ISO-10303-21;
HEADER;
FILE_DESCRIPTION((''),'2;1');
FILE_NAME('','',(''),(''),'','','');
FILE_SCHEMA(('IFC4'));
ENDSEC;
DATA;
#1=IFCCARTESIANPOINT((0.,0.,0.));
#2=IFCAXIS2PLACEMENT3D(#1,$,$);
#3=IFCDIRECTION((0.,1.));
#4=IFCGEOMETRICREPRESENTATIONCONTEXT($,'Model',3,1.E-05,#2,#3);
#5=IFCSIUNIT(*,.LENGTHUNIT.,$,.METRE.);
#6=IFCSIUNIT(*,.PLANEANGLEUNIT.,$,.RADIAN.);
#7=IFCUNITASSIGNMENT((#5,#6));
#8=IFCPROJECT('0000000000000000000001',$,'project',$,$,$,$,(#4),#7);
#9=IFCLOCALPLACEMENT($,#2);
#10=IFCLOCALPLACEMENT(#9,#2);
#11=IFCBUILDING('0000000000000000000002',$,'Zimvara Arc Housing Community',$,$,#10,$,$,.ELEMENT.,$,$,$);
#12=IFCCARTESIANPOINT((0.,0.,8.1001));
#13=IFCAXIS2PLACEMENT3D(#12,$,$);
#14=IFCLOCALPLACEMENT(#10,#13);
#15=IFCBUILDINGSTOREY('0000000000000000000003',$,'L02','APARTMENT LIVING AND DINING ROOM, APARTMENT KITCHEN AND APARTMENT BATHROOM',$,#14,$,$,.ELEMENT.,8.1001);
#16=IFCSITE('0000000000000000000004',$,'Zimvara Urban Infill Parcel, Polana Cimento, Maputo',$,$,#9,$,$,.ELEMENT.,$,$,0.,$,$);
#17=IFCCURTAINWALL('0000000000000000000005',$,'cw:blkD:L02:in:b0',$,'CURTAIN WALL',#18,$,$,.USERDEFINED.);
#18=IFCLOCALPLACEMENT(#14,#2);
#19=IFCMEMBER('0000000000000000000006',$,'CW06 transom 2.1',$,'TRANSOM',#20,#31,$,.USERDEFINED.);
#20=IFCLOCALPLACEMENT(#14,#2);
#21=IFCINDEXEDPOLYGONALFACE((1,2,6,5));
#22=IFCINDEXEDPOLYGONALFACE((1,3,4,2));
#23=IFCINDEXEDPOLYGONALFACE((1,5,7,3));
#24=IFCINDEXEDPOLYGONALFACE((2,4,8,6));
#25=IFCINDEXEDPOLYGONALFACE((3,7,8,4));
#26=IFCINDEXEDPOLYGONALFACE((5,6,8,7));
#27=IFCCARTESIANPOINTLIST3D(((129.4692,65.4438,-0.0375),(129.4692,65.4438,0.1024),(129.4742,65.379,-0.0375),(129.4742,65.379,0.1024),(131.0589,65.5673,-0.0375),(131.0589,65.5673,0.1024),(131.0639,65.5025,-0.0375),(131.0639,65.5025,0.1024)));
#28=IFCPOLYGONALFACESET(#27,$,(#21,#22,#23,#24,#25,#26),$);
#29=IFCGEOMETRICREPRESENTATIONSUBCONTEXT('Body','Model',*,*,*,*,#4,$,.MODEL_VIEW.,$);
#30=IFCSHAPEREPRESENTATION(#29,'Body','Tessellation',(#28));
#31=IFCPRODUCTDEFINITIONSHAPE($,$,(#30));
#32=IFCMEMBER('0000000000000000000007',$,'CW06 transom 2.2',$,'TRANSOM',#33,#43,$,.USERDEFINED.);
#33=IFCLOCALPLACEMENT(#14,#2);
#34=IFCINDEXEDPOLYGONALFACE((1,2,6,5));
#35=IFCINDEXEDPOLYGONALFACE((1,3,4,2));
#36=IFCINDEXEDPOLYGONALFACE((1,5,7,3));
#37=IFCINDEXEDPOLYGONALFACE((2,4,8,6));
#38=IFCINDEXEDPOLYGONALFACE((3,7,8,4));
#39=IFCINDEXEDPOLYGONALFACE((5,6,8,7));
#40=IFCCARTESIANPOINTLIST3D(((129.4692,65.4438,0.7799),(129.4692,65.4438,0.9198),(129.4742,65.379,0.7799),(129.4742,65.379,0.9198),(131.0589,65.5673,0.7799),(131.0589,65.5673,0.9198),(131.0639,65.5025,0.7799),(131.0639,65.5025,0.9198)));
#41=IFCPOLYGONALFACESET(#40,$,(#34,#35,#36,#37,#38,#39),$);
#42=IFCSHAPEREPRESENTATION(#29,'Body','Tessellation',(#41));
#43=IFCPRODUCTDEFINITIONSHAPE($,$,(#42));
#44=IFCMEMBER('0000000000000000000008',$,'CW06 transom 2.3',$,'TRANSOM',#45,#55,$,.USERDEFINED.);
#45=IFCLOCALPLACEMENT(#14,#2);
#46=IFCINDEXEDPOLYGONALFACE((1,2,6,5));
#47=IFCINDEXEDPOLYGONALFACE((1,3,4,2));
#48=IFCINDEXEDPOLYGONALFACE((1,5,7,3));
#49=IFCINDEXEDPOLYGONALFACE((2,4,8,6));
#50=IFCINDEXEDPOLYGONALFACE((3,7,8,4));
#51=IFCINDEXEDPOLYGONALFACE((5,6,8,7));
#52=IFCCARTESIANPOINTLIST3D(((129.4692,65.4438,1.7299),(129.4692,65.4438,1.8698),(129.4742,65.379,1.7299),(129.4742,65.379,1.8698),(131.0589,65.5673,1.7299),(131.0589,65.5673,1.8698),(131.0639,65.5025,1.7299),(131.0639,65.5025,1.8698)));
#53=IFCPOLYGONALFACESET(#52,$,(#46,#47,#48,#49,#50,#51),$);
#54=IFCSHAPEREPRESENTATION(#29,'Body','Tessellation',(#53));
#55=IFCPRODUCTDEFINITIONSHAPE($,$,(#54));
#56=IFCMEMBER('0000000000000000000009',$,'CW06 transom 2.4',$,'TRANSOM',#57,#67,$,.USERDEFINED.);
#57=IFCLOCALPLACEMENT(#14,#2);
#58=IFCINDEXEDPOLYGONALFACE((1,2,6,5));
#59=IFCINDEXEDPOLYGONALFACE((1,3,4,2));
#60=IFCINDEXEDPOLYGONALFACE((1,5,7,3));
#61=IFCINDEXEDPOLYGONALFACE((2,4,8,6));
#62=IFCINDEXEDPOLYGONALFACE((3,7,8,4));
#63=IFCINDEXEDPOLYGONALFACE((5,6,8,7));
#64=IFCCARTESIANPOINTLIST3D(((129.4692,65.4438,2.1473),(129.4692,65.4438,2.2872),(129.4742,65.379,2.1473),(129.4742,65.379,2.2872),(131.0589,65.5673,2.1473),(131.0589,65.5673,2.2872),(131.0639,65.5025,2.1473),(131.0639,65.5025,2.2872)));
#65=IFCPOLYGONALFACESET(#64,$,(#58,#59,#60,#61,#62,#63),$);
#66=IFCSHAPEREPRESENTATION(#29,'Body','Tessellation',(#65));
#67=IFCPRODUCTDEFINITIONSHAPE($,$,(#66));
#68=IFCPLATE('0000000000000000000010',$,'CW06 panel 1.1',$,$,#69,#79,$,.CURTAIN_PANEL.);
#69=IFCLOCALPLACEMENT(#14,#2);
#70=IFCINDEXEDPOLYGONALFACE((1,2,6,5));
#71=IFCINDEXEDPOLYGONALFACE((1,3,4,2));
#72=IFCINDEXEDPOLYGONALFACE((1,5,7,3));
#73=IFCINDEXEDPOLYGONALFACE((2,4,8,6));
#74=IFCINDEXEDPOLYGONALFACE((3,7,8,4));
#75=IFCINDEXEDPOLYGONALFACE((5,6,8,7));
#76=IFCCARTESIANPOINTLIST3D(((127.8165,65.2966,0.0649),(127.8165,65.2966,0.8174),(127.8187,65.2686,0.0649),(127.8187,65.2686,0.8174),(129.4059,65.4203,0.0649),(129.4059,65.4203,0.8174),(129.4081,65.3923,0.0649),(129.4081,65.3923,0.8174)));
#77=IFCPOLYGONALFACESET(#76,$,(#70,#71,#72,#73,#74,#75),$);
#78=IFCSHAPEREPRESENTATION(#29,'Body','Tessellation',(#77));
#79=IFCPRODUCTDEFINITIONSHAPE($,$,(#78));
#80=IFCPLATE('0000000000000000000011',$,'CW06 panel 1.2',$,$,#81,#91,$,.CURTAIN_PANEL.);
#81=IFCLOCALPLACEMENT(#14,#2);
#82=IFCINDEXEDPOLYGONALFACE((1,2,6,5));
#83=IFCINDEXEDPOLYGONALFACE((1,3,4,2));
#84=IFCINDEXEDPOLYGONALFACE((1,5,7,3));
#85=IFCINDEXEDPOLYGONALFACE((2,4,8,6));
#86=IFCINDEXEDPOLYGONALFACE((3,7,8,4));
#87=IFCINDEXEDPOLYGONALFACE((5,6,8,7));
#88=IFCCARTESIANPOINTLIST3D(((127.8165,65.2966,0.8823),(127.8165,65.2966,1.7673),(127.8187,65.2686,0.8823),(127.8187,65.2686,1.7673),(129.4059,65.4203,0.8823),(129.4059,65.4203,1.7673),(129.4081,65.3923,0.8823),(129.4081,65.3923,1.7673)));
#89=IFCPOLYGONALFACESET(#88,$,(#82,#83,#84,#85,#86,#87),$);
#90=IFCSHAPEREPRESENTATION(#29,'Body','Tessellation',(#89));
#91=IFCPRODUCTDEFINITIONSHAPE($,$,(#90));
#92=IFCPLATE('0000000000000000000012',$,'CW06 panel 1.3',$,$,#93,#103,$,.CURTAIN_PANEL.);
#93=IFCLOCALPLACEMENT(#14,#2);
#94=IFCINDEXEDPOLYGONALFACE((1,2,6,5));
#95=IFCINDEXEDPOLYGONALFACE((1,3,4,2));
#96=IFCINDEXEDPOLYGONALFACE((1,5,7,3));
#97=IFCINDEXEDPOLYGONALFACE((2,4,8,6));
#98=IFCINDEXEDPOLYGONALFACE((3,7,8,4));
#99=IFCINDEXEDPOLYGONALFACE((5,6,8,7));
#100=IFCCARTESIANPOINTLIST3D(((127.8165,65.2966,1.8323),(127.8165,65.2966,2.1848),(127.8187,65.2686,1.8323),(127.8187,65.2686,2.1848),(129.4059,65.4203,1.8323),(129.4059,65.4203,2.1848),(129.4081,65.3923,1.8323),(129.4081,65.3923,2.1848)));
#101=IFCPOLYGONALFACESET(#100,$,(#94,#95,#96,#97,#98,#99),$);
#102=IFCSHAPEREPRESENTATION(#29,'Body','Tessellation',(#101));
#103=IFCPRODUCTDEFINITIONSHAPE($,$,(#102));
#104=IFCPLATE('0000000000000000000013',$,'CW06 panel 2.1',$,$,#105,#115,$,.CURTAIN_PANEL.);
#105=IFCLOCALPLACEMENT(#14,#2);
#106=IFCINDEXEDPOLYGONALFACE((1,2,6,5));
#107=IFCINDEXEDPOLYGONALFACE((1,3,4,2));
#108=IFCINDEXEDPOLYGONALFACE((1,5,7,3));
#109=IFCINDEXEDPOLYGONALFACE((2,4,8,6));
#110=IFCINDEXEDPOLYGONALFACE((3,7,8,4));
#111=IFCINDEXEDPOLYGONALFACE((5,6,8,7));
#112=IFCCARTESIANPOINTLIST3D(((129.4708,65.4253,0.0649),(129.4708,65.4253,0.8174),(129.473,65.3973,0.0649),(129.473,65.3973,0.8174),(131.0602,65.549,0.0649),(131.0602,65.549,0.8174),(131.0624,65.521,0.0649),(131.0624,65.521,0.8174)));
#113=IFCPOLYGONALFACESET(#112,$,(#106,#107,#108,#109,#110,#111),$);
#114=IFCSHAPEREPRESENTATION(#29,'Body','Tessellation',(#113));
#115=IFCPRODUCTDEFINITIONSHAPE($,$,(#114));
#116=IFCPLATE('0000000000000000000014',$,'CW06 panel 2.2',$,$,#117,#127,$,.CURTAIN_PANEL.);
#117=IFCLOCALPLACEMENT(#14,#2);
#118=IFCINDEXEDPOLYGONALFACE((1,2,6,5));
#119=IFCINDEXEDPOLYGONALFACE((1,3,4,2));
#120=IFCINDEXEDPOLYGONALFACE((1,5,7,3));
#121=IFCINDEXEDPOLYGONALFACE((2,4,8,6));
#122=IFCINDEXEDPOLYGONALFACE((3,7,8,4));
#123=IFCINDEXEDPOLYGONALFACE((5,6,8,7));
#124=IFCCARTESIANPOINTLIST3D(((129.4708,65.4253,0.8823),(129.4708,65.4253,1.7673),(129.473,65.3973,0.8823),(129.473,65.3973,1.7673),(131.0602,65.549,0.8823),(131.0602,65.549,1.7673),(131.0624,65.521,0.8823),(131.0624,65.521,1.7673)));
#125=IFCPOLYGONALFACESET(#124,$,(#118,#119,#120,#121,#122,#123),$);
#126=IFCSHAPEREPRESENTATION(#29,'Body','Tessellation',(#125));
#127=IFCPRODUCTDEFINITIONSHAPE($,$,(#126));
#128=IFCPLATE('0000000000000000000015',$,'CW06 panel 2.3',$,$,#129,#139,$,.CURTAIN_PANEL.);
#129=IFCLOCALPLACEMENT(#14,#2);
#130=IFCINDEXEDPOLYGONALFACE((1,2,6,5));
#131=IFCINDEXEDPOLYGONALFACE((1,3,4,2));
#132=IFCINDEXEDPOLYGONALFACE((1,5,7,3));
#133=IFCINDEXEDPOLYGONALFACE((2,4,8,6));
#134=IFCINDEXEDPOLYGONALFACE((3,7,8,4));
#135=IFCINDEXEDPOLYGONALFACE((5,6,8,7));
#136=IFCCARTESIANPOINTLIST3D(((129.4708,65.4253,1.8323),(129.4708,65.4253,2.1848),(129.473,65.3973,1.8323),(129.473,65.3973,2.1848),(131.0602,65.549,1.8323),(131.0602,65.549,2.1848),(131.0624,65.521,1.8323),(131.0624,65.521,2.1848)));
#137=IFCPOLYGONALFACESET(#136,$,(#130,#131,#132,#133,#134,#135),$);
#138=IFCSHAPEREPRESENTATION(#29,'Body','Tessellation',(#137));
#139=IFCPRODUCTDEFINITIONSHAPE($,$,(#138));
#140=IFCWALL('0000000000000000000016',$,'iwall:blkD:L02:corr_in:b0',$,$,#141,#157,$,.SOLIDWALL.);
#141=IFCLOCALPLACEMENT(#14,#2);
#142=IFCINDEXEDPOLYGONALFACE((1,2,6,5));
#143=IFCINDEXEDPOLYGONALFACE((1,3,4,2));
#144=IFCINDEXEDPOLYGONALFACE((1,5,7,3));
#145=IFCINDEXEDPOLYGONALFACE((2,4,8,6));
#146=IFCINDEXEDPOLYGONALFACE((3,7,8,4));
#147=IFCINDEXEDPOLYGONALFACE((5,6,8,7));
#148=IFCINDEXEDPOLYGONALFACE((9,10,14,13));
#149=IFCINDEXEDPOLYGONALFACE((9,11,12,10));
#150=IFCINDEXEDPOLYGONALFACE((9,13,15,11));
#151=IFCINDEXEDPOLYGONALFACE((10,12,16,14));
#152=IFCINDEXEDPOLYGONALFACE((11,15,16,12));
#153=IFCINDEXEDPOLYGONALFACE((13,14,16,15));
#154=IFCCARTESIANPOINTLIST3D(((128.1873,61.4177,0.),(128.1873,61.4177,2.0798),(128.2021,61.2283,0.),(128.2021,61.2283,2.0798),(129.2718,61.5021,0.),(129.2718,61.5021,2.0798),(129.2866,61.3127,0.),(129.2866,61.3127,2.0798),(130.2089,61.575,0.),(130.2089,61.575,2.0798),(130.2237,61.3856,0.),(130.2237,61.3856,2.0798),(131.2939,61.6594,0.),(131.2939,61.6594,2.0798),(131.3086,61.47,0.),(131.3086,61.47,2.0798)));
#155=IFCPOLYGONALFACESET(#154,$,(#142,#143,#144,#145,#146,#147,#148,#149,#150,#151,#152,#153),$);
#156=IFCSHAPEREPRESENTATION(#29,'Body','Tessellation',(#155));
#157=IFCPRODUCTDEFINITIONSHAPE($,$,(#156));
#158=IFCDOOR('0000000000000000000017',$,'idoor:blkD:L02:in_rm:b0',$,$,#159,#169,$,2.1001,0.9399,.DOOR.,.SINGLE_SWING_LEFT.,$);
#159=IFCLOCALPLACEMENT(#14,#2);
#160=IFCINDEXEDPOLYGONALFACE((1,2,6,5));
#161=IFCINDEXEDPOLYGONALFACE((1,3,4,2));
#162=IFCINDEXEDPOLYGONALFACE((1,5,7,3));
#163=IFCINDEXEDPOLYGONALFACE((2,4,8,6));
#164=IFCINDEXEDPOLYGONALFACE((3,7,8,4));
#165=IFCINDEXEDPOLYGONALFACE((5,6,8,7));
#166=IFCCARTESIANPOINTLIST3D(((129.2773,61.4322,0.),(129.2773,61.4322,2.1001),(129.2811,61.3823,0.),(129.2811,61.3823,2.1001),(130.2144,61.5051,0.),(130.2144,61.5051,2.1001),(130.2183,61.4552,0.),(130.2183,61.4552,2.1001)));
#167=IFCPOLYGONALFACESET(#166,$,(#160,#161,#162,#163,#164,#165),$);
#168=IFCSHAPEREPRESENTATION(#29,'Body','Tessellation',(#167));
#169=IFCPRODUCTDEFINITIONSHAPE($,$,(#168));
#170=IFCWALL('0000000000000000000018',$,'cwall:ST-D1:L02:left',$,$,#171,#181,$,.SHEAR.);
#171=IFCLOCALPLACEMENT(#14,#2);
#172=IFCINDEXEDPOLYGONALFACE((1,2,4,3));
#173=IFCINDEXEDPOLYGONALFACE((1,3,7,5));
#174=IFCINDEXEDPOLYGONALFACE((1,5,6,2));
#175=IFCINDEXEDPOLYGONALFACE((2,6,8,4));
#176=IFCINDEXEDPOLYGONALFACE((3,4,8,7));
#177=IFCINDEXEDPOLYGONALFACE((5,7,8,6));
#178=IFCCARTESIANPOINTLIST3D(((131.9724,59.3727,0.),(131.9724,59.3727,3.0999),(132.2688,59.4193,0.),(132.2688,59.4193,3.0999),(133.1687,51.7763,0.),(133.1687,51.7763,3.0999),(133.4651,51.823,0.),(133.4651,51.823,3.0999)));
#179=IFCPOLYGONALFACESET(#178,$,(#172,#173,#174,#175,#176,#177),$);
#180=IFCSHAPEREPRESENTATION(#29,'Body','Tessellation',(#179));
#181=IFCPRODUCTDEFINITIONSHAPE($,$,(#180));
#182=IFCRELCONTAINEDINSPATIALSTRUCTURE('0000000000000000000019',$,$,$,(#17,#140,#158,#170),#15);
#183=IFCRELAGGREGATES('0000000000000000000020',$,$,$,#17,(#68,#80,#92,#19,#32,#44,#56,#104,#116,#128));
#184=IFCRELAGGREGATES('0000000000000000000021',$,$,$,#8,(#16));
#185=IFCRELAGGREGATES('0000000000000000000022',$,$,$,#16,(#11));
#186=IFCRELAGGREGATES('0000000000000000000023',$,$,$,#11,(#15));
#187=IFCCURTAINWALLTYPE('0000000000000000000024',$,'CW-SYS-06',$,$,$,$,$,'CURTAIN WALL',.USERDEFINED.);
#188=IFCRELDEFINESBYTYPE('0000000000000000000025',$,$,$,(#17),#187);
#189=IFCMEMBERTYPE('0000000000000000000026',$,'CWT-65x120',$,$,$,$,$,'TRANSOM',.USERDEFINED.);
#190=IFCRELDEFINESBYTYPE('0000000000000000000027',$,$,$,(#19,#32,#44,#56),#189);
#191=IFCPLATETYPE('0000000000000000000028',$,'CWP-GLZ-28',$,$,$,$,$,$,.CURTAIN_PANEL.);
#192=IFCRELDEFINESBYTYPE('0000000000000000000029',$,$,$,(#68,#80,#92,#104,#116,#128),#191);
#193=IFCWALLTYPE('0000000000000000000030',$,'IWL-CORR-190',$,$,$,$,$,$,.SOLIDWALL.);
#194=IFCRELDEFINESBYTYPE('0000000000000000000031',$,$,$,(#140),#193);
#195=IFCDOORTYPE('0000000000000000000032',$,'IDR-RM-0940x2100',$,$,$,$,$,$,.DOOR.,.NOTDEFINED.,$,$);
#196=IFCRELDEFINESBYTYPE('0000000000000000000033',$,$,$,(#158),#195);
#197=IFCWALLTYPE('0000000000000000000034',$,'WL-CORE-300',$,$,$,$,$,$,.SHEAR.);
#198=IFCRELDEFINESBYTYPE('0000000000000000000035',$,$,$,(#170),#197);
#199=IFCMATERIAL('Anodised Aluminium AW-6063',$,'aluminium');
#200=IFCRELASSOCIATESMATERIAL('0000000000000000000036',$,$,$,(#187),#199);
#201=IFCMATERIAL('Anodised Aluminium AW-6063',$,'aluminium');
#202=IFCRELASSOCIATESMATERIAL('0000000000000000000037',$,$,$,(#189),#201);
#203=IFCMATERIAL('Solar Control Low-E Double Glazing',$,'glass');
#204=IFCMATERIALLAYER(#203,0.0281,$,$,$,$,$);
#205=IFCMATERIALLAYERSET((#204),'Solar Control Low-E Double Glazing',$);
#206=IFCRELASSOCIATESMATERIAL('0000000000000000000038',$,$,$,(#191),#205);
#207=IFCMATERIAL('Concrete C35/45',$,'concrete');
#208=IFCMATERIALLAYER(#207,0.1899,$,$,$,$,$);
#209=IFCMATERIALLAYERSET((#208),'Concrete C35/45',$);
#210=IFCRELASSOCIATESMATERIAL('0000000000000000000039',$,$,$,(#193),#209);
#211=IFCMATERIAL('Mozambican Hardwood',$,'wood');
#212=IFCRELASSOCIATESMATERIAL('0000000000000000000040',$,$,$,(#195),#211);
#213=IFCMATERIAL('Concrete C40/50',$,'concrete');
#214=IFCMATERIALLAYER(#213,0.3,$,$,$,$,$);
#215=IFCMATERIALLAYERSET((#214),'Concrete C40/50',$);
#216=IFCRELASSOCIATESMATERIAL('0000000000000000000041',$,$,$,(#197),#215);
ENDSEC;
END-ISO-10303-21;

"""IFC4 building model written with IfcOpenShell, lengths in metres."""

from ifc_helpers import new_model, si_unit, direction, frame, frame_2d, origin, origin_2d, place, context, subcontext, project, spatial, rectangle, extrude, material, layer, layer_set, material_profile, profile_set, type_object, element, fill, aggregate, save


model = new_model("IFC4")

# Units and contexts
model_context = context("Model", 3, precision=1e-05, world=origin(), true_north=direction((0.0, 1.0)))
body_context = subcontext(model_context, "Body", "Model", "MODEL_VIEW")
ifc_project = project(units=[si_unit("LENGTHUNIT", "METRE"), si_unit("PLANEANGLEUNIT", "RADIAN")], contexts=[model_context])

# Site, building, storey
site_placement = place(None, origin())
site = spatial("IfcSite", under=ifc_project, at=site_placement, Name="Zimvara Urban Infill Parcel, Polana Cimento, Maputo", CompositionType="ELEMENT", RefElevation=0.0)
building_placement = place(site_placement, origin())
building = spatial("IfcBuilding", under=site, at=building_placement, Name="Zimvara Arc Housing Community", CompositionType="ELEMENT")
storey_placement = place(building_placement, frame((0.0, 0.0, 8.1001)))
storey = spatial("IfcBuildingStorey", under=building, at=storey_placement, Name="L02", Description="APARTMENT LIVING AND DINING ROOM, APARTMENT KITCHEN AND APARTMENT BATHROOM", CompositionType="ELEMENT", Elevation=8.1001)

# Curtain wall, members, plates
ifc_material_1 = material(Name="Anodised Aluminium AW-6063", Category="aluminium")
curtain_wall_type = type_object("IfcCurtainWallType", Name="CW-SYS-06", ElementType="CURTAIN WALL", PredefinedType="USERDEFINED", material=ifc_material_1)
curtain_wall_placement = place(storey_placement, origin())
curtain_wall = element("IfcCurtainWall", 1, at=curtain_wall_placement, inside=storey, type_object=curtain_wall_type, Name="cw:blkD:L02:in:b0", ObjectType="CURTAIN WALL", PredefinedType="USERDEFINED")
ifc_material_2 = material(Name="Anodised Aluminium AW-6063", Category="aluminium")
ifc_material_profile_1 = material_profile(ifc_material_2, rectangle(XDim=0.0649, YDim=0.1399, at=origin_2d()), Name="ALU 65x140")
ifc_profile_set_1 = profile_set([ifc_material_profile_1], Name="Anodised Aluminium AW-6063")
member_type_1 = type_object("IfcMemberType", Name="CWT-65x120", ElementType="TRANSOM", PredefinedType="USERDEFINED", material=ifc_profile_set_1)
member_1_placement = place(storey_placement, frame((129.4717, 65.4114, 0.0325), z_axis=(0.996994, 0.077481, 0.0), x_axis=(-0.077481, 0.996994, 0.0)))
member_1 = element("IfcMember", 2, at=member_1_placement, type_object=member_type_1, Name="CW06 transom 2.1", ObjectType="TRANSOM", PredefinedType="USERDEFINED", context=body_context, shape_type="SweptSolid", body=[
    extrude(rectangle(XDim=0.0649, YDim=0.1399, at=origin_2d()), origin(), (0.0, 0.0, 1.0), 1.5945),
])
member_2_placement = place(storey_placement, frame((129.4717, 65.4114, 0.8499), z_axis=(0.996994, 0.077481, 0.0), x_axis=(-0.077481, 0.996994, 0.0)))
member_2 = element("IfcMember", 3, at=member_2_placement, type_object=member_type_1, Name="CW06 transom 2.2", ObjectType="TRANSOM", PredefinedType="USERDEFINED", context=body_context, shape_type="SweptSolid", body=[
    extrude(rectangle(XDim=0.0649, YDim=0.1399, at=origin_2d()), origin(), (0.0, 0.0, 1.0), 1.5945),
])
member_3_placement = place(storey_placement, frame((129.4717, 65.4114, 1.7998), z_axis=(0.996994, 0.077481, 0.0), x_axis=(-0.077481, 0.996994, 0.0)))
member_3 = element("IfcMember", 4, at=member_3_placement, type_object=member_type_1, Name="CW06 transom 2.3", ObjectType="TRANSOM", PredefinedType="USERDEFINED", context=body_context, shape_type="SweptSolid", body=[
    extrude(rectangle(XDim=0.0649, YDim=0.1399, at=origin_2d()), origin(), (0.0, 0.0, 1.0), 1.5945),
])
member_4_placement = place(storey_placement, frame((129.4717, 65.4114, 2.2173), z_axis=(0.996994, 0.077481, 0.0), x_axis=(-0.077481, 0.996994, 0.0)))
member_4 = element("IfcMember", 5, at=member_4_placement, type_object=member_type_1, Name="CW06 transom 2.4", ObjectType="TRANSOM", PredefinedType="USERDEFINED", context=body_context, shape_type="SweptSolid", body=[
    extrude(rectangle(XDim=0.0649, YDim=0.1399, at=origin_2d()), origin(), (0.0, 0.0, 1.0), 1.5945),
])
ifc_material_3 = material(Name="Solar Control Low-E Double Glazing", Category="glass")
ifc_layer_1 = layer(ifc_material_3, 0.0281)
ifc_layer_set_1 = layer_set([ifc_layer_1], Name="Solar Control Low-E Double Glazing")
plate_type = type_object("IfcPlateType", Name="CWP-GLZ-28", PredefinedType="CURTAIN_PANEL", material=ifc_layer_set_1)
plate_1_placement = place(storey_placement, frame((128.6123, 65.3445, 0.0649), z_axis=(0.0, 0.0, 1.0), x_axis=(0.996985, 0.07759, 0.0)))
plate_1 = element("IfcPlate", 6, at=plate_1_placement, type_object=plate_type, Name="CW06 panel 1.1", PredefinedType="CURTAIN_PANEL", context=body_context, shape_type="SweptSolid", body=[
    extrude(rectangle(XDim=1.5942, YDim=0.0281, at=origin_2d()), origin(), (0.0, 0.0, 1.0), 0.7524),
])
plate_2_placement = place(storey_placement, frame((128.6123, 65.3445, 0.8823), z_axis=(0.0, 0.0, 1.0), x_axis=(0.996985, 0.07759, 0.0)))
plate_2 = element("IfcPlate", 7, at=plate_2_placement, type_object=plate_type, Name="CW06 panel 1.2", PredefinedType="CURTAIN_PANEL", context=body_context, shape_type="SweptSolid", body=[
    extrude(rectangle(XDim=1.5942, YDim=0.0281, at=origin_2d()), origin(), (0.0, 0.0, 1.0), 0.885),
])
plate_3_placement = place(storey_placement, frame((128.6123, 65.3445, 1.8323), z_axis=(0.0, 0.0, 1.0), x_axis=(0.996985, 0.07759, 0.0)))
plate_3 = element("IfcPlate", 8, at=plate_3_placement, type_object=plate_type, Name="CW06 panel 1.3", PredefinedType="CURTAIN_PANEL", context=body_context, shape_type="SweptSolid", body=[
    extrude(rectangle(XDim=1.5942, YDim=0.0281, at=origin_2d()), origin(), (0.0, 0.0, 1.0), 0.3525),
])
plate_4_placement = place(storey_placement, frame((130.2666, 65.4731, 0.0649), z_axis=(0.0, 0.0, 1.0), x_axis=(0.996985, 0.07759, 0.0)))
plate_4 = element("IfcPlate", 9, at=plate_4_placement, type_object=plate_type, Name="CW06 panel 2.1", PredefinedType="CURTAIN_PANEL", context=body_context, shape_type="SweptSolid", body=[
    extrude(rectangle(XDim=1.5942, YDim=0.0281, at=origin_2d()), origin(), (0.0, 0.0, 1.0), 0.7524),
])
plate_5_placement = place(storey_placement, frame((130.2666, 65.4731, 0.8823), z_axis=(0.0, 0.0, 1.0), x_axis=(0.996985, 0.07759, 0.0)))
plate_5 = element("IfcPlate", 10, at=plate_5_placement, type_object=plate_type, Name="CW06 panel 2.2", PredefinedType="CURTAIN_PANEL", context=body_context, shape_type="SweptSolid", body=[
    extrude(rectangle(XDim=1.5942, YDim=0.0281, at=origin_2d()), origin(), (0.0, 0.0, 1.0), 0.885),
])
plate_6_placement = place(storey_placement, frame((130.2666, 65.4731, 1.8323), z_axis=(0.0, 0.0, 1.0), x_axis=(0.996985, 0.07759, 0.0)))
plate_6 = element("IfcPlate", 11, at=plate_6_placement, type_object=plate_type, Name="CW06 panel 2.3", PredefinedType="CURTAIN_PANEL", context=body_context, shape_type="SweptSolid", body=[
    extrude(rectangle(XDim=1.5942, YDim=0.0281, at=origin_2d()), origin(), (0.0, 0.0, 1.0), 0.3525),
])
aggregate(curtain_wall, [plate_1, plate_2, plate_3, member_1, member_2, member_3, member_4, plate_4, plate_5, plate_6])

# Wall, opening, door
ifc_material_4 = material(Name="Concrete C35/45", Category="concrete")
ifc_layer_2 = layer(ifc_material_4, 0.1899)
ifc_layer_set_2 = layer_set([ifc_layer_2], Name="Concrete C35/45")
wall_type_1 = type_object("IfcWallType", Name="IWL-CORR-190", PredefinedType="SOLIDWALL", material=ifc_layer_set_2)
wall_1_placement = place(storey_placement, frame((128.1946, 61.323, 0.0), z_axis=(0.0, 0.0, 1.0), x_axis=(0.996987, 0.077565, 0.0)))
wall_1 = element("IfcWall", 12, at=wall_1_placement, inside=storey, type_object=wall_type_1, Name="iwall:blkD:L02:corr_in:b0", PredefinedType="SOLIDWALL", context=body_context, shape_type="SweptSolid", body=[
    extrude(rectangle(XDim=3.116, YDim=0.1899, at=frame_2d((1.5581, 0.0))), origin(), (0.0, 0.0, 1.0), 2.0798),
])
opening_1_placement = place(wall_1_placement, frame((1.0879, 0.0, 0.0)))
opening_1 = element("IfcOpeningElement", 13, at=opening_1_placement, cuts=wall_1, PredefinedType="OPENING", context=body_context, shape_type="SweptSolid", body=[
    extrude(rectangle(XDim=0.9399, YDim=2.1001, at=frame_2d((0.47, 1.05))), frame((0.0, 0.105, 0.0), z_axis=(0.0, -1.0, 0.0), x_axis=(1.0, 0.0, 0.0)), (0.0, 0.0, 1.0), 0.21),
])
ifc_material_5 = material(Name="Mozambican Hardwood", Category="wood")
door_type_1 = type_object("IfcDoorType", Name="IDR-RM-0940x2100", OperationType="NOTDEFINED", PredefinedType="DOOR", material=ifc_material_5)
door_1_placement = place(opening_1_placement, origin())
door_1 = element("IfcDoor", 14, at=door_1_placement, inside=storey, type_object=door_type_1, Name="idoor:blkD:L02:in_rm:b0", OperationType="SINGLE_SWING_LEFT", OverallHeight=2.1001, OverallWidth=0.9399, PredefinedType="DOOR", context=body_context, shape_type="SweptSolid", body=[
    extrude(rectangle(XDim=0.9399, YDim=2.1001, at=frame_2d((0.47, 1.05))), frame((0.0, 0.0249, 0.0), z_axis=(0.0, -1.0, 0.0), x_axis=(1.0, 0.0, 0.0)), (0.0, 0.0, 1.0), 0.05),
])
fill(opening_1, door_1)
ifc_material_6 = material(Name="Concrete C40/50", Category="concrete")
ifc_layer_3 = layer(ifc_material_6, 0.3)
ifc_layer_set_3 = layer_set([ifc_layer_3], Name="Concrete C40/50")
wall_type_2 = type_object("IfcWallType", Name="WL-CORE-300", PredefinedType="SHEAR", material=ifc_layer_set_3)

# Wall
wall_2_placement = place(storey_placement, frame((132.1206, 59.396, 0.0), z_axis=(0.0, 0.0, 1.0), x_axis=(0.155563, -0.987826, 0.0)))
element("IfcWall", 15, at=wall_2_placement, inside=storey, type_object=wall_type_2, Name="cwall:ST-D1:L02:left", PredefinedType="SHEAR", context=body_context, shape_type="SweptSolid", body=[
    extrude(rectangle(XDim=7.6899, YDim=0.3, at=frame_2d((3.845, 0.0))), origin(), (0.0, 0.0, 1.0), 3.0999),
])

save(model, "model.ifc")
